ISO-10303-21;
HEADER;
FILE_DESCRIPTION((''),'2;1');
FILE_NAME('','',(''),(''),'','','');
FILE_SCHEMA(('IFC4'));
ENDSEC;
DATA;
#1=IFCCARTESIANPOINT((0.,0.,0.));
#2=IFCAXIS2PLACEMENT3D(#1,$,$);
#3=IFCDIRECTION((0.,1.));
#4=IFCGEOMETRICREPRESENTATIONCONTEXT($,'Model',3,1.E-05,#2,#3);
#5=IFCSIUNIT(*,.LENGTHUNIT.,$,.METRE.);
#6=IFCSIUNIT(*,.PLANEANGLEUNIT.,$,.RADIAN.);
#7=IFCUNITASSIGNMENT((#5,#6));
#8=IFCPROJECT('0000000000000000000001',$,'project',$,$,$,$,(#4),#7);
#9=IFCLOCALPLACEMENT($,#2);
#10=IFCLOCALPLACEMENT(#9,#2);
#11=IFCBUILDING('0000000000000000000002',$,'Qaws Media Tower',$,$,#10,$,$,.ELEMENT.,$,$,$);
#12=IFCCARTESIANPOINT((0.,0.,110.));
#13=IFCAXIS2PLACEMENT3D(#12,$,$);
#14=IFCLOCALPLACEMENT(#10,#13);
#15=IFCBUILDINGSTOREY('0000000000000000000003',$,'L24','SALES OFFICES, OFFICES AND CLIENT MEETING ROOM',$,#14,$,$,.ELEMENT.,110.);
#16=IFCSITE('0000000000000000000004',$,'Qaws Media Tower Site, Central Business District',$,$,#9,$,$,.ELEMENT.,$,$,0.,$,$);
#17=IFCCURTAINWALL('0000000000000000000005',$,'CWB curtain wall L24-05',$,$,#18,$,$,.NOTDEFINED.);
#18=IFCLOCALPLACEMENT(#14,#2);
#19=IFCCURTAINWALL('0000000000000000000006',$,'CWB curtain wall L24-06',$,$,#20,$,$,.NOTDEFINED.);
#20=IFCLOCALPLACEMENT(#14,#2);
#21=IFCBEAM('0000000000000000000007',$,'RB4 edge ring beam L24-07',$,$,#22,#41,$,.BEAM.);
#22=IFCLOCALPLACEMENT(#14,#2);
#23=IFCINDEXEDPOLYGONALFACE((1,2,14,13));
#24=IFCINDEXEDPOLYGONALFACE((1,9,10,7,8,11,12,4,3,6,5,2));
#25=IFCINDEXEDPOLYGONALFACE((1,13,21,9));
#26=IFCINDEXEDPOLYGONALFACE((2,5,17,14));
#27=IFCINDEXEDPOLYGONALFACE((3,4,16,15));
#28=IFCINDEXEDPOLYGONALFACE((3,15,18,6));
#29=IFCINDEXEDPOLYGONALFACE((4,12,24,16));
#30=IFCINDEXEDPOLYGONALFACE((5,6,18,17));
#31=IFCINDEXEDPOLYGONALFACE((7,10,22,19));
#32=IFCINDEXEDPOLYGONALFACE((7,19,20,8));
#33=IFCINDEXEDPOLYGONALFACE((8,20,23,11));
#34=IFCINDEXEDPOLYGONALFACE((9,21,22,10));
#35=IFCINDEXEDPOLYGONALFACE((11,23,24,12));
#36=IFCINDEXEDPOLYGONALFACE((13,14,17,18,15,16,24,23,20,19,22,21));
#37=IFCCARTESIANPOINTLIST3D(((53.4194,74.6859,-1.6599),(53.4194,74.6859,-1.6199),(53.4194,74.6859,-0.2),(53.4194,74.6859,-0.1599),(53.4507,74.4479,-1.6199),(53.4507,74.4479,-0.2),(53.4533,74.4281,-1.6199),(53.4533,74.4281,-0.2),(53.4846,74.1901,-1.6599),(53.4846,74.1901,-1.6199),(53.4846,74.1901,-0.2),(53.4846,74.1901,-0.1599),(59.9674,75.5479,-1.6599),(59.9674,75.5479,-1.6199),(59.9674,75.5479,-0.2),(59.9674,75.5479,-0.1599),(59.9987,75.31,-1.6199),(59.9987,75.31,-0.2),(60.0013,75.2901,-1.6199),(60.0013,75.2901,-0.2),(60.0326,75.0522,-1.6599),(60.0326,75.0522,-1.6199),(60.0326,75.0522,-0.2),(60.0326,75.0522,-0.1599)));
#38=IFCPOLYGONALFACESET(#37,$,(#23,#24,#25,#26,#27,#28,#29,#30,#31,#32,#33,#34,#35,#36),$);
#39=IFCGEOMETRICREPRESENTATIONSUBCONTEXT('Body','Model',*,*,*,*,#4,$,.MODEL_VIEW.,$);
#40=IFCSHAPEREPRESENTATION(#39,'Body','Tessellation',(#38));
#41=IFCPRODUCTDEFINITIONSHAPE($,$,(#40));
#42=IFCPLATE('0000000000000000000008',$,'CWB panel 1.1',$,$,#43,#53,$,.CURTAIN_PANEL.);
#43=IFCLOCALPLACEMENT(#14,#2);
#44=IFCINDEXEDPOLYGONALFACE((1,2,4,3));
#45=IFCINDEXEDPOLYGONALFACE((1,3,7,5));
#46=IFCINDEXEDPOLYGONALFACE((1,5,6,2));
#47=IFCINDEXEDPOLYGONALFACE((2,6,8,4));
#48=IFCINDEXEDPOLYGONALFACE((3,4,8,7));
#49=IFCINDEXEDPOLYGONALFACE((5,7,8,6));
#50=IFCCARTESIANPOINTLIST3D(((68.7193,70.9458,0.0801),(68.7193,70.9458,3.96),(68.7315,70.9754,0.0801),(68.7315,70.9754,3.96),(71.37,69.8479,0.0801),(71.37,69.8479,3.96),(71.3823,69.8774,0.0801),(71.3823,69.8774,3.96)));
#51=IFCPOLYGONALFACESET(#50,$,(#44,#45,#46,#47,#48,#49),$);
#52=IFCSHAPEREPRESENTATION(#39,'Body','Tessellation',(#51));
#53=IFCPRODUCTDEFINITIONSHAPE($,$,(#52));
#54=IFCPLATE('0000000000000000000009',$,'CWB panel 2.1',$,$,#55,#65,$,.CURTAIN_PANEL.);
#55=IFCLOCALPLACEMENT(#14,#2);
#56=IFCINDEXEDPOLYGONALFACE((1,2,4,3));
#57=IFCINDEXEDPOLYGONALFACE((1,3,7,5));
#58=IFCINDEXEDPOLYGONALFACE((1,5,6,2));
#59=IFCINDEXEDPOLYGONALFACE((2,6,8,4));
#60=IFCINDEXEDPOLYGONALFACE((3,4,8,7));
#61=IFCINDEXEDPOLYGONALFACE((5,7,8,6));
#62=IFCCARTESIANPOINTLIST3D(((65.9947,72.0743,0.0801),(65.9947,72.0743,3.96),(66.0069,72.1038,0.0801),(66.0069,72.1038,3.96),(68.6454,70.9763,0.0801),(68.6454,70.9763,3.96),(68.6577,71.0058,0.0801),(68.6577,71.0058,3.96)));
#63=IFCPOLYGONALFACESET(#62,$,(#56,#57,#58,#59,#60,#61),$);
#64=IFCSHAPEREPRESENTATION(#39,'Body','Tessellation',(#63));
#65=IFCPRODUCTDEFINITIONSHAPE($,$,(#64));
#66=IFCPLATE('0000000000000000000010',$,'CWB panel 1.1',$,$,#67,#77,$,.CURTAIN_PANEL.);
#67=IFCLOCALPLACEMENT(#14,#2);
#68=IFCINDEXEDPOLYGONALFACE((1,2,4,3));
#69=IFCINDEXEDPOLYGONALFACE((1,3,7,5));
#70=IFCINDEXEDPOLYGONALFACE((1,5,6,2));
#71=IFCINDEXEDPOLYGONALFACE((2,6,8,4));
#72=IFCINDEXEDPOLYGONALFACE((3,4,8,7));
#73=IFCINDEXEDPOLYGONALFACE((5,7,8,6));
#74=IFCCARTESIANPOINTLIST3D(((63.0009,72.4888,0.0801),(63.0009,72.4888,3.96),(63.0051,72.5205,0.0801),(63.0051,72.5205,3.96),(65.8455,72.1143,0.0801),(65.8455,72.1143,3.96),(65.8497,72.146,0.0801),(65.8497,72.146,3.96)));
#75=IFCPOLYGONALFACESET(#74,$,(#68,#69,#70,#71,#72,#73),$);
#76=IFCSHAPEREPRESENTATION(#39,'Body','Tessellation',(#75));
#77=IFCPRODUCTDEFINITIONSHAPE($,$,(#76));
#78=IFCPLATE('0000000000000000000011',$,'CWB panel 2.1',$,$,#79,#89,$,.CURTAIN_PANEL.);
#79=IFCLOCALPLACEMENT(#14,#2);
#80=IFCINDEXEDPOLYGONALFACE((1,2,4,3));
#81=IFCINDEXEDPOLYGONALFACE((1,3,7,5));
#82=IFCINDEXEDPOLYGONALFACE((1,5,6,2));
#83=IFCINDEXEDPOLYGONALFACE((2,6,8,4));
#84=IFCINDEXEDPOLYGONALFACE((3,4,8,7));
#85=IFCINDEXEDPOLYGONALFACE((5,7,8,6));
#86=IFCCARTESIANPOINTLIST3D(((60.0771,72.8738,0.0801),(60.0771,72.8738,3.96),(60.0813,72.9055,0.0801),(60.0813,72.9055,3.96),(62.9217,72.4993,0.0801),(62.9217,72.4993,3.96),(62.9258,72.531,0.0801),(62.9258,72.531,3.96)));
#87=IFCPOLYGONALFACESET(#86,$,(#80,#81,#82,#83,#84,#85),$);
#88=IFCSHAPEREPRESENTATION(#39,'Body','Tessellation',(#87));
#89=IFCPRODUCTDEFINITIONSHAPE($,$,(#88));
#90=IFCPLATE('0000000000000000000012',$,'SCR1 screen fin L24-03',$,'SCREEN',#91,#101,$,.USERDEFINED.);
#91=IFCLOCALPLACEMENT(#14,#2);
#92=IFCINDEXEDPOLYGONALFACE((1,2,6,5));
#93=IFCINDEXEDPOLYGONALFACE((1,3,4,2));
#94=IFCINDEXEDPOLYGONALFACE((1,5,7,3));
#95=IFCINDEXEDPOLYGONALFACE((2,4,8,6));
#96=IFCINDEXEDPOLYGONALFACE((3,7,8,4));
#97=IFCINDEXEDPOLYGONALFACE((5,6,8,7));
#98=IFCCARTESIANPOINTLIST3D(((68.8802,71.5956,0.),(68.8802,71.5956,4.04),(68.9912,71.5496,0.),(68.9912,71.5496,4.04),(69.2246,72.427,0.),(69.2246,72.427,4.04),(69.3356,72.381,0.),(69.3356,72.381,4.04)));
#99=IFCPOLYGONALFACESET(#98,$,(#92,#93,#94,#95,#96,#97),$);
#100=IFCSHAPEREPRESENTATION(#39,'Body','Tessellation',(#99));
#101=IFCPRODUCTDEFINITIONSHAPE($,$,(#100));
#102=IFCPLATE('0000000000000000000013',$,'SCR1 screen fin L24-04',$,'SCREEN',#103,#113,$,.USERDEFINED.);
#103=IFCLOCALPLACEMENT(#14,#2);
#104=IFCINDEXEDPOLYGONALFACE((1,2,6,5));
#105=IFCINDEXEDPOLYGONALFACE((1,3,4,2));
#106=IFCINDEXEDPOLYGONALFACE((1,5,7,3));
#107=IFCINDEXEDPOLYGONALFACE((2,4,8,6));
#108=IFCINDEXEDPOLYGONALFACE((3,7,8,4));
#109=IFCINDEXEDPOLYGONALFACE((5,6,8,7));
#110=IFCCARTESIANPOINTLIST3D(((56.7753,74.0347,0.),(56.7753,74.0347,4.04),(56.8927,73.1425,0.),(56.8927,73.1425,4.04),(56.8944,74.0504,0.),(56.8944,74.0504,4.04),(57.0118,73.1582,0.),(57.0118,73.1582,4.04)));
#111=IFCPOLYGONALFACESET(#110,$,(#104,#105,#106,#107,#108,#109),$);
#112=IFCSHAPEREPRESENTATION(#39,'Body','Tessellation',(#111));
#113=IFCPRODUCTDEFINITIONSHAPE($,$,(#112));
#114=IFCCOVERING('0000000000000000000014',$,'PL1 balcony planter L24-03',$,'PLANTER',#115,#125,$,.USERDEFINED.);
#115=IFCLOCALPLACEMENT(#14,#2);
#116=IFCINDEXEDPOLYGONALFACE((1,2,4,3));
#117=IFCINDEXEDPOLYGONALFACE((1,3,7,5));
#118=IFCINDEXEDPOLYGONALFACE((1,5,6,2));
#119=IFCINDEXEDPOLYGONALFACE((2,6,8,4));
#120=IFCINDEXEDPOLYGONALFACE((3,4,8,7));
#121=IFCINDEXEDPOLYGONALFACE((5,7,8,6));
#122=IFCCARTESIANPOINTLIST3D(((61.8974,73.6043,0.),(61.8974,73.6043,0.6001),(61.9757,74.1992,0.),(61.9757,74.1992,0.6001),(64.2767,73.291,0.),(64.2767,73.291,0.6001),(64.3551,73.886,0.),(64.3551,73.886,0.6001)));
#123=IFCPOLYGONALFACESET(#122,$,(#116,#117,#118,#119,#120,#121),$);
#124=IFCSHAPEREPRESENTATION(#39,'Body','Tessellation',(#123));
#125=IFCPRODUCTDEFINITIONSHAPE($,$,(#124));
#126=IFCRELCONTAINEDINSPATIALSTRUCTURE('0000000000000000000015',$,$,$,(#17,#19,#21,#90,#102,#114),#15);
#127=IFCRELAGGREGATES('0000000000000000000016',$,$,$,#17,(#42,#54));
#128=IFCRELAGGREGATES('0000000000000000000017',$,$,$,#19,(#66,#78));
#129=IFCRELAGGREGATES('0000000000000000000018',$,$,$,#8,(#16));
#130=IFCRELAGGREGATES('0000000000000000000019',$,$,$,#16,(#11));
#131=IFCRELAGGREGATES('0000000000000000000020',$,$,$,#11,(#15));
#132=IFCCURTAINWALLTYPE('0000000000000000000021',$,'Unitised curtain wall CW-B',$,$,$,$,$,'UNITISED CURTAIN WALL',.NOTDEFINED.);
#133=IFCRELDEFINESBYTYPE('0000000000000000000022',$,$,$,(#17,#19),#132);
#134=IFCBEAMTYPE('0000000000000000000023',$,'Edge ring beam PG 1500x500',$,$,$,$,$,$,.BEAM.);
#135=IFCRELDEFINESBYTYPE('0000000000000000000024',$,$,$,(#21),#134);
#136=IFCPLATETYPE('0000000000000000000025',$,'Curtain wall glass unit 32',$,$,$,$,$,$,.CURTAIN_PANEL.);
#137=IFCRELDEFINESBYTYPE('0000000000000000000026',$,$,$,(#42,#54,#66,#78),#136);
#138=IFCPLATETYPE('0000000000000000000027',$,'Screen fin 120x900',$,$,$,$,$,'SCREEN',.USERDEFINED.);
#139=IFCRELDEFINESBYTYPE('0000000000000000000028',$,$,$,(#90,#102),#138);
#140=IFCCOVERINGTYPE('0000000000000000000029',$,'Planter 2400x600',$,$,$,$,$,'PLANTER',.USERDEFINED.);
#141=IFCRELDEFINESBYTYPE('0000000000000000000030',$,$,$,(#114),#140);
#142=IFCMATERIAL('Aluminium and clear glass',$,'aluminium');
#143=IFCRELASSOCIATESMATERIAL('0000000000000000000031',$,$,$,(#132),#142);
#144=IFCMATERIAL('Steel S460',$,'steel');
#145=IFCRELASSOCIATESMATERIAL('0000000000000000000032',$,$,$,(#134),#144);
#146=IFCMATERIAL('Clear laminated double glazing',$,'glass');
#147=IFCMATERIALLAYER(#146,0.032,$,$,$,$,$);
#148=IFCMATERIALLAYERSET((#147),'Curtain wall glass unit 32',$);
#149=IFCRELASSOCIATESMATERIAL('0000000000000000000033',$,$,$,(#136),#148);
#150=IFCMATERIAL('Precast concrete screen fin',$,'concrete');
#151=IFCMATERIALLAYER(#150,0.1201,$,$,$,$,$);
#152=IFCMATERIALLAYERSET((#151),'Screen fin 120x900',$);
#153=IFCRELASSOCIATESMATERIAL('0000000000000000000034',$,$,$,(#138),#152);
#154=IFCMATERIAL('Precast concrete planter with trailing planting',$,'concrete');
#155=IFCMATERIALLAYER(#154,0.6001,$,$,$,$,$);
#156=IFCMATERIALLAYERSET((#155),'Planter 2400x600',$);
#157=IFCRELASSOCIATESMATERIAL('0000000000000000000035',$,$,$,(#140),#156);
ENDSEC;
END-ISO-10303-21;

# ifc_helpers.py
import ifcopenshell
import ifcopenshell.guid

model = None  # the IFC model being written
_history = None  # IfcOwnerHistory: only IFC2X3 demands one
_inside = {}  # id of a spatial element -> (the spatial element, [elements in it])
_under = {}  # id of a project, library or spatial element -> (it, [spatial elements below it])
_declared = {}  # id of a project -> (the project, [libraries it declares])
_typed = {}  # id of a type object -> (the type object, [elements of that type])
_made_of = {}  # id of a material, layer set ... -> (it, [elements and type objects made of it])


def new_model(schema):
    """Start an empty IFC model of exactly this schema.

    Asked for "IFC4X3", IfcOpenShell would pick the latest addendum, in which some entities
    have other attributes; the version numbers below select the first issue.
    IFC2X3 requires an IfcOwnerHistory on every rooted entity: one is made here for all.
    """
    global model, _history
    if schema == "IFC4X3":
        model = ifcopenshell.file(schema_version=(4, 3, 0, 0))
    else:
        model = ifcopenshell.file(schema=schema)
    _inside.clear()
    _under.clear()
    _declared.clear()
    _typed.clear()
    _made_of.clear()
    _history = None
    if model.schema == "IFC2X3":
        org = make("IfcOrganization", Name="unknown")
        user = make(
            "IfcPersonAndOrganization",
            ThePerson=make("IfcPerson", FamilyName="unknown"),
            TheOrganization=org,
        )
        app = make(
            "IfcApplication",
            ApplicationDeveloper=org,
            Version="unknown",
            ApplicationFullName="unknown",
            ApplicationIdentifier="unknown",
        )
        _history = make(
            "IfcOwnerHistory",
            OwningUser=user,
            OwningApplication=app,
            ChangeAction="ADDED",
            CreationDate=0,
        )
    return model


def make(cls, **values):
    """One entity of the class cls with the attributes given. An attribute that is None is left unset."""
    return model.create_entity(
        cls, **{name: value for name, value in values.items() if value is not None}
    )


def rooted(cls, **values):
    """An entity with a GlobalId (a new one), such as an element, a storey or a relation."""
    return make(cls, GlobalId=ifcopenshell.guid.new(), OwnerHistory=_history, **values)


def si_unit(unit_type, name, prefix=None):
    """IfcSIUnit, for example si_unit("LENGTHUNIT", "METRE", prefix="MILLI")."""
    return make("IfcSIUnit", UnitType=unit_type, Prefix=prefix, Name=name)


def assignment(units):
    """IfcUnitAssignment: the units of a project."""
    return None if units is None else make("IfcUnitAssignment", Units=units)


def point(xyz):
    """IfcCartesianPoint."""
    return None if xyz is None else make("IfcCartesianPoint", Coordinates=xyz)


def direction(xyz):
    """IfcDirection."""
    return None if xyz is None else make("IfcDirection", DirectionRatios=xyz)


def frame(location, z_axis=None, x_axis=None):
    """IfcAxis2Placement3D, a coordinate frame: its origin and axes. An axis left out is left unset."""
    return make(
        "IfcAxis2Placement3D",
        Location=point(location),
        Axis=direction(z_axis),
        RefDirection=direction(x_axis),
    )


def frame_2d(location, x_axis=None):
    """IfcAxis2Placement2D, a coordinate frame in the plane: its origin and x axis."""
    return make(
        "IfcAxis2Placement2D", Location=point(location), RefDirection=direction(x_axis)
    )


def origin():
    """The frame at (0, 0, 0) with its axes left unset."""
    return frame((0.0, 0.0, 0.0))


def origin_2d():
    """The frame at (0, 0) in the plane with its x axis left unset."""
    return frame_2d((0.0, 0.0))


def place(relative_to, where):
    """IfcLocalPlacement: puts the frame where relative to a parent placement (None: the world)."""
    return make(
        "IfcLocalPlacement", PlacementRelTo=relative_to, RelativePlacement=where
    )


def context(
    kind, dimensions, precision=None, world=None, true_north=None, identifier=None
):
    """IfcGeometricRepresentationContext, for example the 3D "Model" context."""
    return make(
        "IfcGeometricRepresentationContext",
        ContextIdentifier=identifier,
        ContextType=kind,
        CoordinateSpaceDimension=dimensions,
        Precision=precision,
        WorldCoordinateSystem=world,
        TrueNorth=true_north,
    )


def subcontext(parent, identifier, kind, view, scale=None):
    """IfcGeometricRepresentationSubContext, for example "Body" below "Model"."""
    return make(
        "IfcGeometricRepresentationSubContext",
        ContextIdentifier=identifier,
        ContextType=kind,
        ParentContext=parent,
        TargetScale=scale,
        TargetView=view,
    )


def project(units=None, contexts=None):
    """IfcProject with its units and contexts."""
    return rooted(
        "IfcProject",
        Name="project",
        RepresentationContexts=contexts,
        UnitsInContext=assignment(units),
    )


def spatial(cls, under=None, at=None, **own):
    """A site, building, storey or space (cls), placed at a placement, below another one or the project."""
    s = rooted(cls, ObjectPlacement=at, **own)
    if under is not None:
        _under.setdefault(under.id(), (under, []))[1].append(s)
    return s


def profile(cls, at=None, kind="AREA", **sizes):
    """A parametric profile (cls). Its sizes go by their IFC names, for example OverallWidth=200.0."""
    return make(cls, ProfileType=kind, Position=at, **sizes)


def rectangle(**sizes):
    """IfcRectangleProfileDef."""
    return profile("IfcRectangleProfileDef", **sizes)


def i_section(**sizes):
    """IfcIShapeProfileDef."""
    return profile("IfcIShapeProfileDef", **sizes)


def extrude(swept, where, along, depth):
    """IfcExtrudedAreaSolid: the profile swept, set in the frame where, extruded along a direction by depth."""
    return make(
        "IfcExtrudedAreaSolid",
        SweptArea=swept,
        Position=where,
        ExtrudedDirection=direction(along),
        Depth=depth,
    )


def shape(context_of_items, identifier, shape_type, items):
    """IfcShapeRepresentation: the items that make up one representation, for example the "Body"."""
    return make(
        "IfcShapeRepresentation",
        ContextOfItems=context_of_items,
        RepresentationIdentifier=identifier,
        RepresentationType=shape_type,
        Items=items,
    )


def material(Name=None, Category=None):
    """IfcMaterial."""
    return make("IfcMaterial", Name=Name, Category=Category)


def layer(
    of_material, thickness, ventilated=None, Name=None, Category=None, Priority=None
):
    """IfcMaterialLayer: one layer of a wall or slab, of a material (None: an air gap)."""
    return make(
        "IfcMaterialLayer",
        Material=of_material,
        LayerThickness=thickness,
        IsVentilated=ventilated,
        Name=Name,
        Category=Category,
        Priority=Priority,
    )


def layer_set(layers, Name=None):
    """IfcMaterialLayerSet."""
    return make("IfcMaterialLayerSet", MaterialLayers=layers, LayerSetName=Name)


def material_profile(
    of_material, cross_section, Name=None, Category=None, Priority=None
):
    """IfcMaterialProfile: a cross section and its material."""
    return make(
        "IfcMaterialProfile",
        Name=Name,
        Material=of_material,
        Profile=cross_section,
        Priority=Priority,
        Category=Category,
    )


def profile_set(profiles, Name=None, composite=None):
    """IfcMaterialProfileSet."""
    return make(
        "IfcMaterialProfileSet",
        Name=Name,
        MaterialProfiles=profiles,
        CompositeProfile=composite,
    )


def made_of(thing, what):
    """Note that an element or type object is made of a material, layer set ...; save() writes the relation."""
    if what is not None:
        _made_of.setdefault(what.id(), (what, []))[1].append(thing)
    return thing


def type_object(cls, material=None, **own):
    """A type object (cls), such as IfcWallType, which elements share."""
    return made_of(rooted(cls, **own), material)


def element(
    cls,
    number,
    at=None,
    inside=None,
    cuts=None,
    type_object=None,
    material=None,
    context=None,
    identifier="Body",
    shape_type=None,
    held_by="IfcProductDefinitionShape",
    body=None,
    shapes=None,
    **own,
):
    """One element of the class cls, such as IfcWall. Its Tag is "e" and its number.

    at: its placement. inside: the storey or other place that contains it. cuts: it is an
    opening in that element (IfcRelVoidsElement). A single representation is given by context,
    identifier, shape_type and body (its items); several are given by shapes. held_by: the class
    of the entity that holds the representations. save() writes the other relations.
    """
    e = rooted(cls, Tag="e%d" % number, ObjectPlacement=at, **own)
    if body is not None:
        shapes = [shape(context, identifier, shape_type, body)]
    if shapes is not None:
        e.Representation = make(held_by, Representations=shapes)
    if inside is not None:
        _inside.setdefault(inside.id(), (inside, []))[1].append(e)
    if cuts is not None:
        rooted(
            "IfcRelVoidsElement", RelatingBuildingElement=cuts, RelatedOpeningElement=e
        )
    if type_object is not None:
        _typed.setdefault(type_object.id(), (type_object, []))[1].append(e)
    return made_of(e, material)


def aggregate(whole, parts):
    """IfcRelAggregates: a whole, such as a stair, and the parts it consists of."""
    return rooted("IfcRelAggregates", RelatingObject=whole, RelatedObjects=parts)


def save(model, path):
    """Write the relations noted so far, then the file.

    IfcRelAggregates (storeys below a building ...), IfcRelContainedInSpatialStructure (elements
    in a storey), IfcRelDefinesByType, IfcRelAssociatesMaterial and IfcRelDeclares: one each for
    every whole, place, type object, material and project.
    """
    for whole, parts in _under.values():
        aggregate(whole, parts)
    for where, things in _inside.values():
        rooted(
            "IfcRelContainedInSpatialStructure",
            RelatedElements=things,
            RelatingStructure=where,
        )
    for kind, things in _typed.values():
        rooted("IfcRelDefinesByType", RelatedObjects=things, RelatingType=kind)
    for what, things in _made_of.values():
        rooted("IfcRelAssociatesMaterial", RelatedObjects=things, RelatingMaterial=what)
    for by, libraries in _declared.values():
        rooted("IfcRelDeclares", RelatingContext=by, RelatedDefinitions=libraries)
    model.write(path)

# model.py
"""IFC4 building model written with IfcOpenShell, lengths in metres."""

from ifc_helpers import new_model, si_unit, direction, frame, origin, origin_2d, place, context, subcontext, project, spatial, rectangle, i_section, extrude, material, layer, layer_set, material_profile, profile_set, type_object, element, aggregate, save


model = new_model("IFC4")

# Units and contexts
model_context = context("Model", 3, precision=1e-05, world=origin(), true_north=direction((0.0, 1.0)))
body_context = subcontext(model_context, "Body", "Model", "MODEL_VIEW")
ifc_project = project(units=[si_unit("LENGTHUNIT", "METRE"), si_unit("PLANEANGLEUNIT", "RADIAN")], contexts=[model_context])

# Site, building, storey
site_placement = place(None, origin())
site = spatial("IfcSite", under=ifc_project, at=site_placement, Name="Qaws Media Tower Site, Central Business District", CompositionType="ELEMENT", RefElevation=0.0)
building_placement = place(site_placement, origin())
building = spatial("IfcBuilding", under=site, at=building_placement, Name="Qaws Media Tower", CompositionType="ELEMENT")
storey_placement = place(building_placement, frame((0.0, 0.0, 110.0)))
storey = spatial("IfcBuildingStorey", under=building, at=storey_placement, Name="L24", Description="SALES OFFICES, OFFICES AND CLIENT MEETING ROOM", CompositionType="ELEMENT", Elevation=110.0)

# Shared definitions
ifc_material_1 = material(Name="Aluminium and clear glass", Category="aluminium")
curtain_wall_type = type_object("IfcCurtainWallType", Name="Unitised curtain wall CW-B", ElementType="UNITISED CURTAIN WALL", PredefinedType="NOTDEFINED", material=ifc_material_1)

# Curtain walls
curtain_wall_1_placement = place(storey_placement, origin())
curtain_wall_1 = element("IfcCurtainWall", 1, at=curtain_wall_1_placement, inside=storey, type_object=curtain_wall_type, Name="CWB curtain wall L24-05", PredefinedType="NOTDEFINED")
curtain_wall_2_placement = place(storey_placement, origin())
curtain_wall_2 = element("IfcCurtainWall", 2, at=curtain_wall_2_placement, inside=storey, type_object=curtain_wall_type, Name="CWB curtain wall L24-06", PredefinedType="NOTDEFINED")

# Beam
ifc_material_2 = material(Name="Steel S460", Category="steel")
ifc_material_profile_1 = material_profile(ifc_material_2, i_section(OverallWidth=0.5, OverallDepth=1.5, WebThickness=0.02, FlangeThickness=0.04, at=origin_2d()), Name="PG 1500x500")
ifc_profile_set_1 = profile_set([ifc_material_profile_1], Name="Steel S460")
beam_type = type_object("IfcBeamType", Name="Edge ring beam PG 1500x500", PredefinedType="BEAM", material=ifc_profile_set_1)
for number, where, z_axis, x_axis, name in (
    (3, (60.0, 75.3, -0.9099), (-0.991445, -0.130524, 0.0), (0.130524, -0.991445, 0.0), "RB4 edge ring beam L24-07"),
):
    element("IfcBeam", number, at=place(storey_placement, frame(where, z_axis=z_axis, x_axis=x_axis)), inside=storey, type_object=beam_type, Name=name, PredefinedType="BEAM", context=body_context, shape_type="SweptSolid", body=[
        extrude(i_section(OverallWidth=0.5, OverallDepth=1.5, WebThickness=0.02, FlangeThickness=0.04, at=origin_2d()), origin(), (0.0, 0.0, 1.0), 6.6045),
    ])

# Plates
ifc_material_3 = material(Name="Clear laminated double glazing", Category="glass")
ifc_layer_1 = layer(ifc_material_3, 0.032)
ifc_layer_set_1 = layer_set([ifc_layer_1], Name="Curtain wall glass unit 32")
plate_type_1 = type_object("IfcPlateType", Name="Curtain wall glass unit 32", PredefinedType="CURTAIN_PANEL", material=ifc_layer_set_1)
plate_1_placement = place(storey_placement, frame((70.0508, 70.4116, 0.0801), z_axis=(0.0, 0.0, 1.0), x_axis=(-0.92388, 0.382683, 0.0)))
plate_1 = element("IfcPlate", 4, at=plate_1_placement, type_object=plate_type_1, Name="CWB panel 1.1", PredefinedType="CURTAIN_PANEL", context=body_context, shape_type="SweptSolid", body=[
    extrude(rectangle(XDim=2.8691, YDim=0.032, at=origin_2d()), origin(), (0.0, 0.0, 1.0), 3.8799),
])
plate_2_placement = place(storey_placement, frame((67.3262, 71.54, 0.0801), z_axis=(0.0, 0.0, 1.0), x_axis=(-0.92388, 0.382683, 0.0)))
plate_2 = element("IfcPlate", 5, at=plate_2_placement, type_object=plate_type_1, Name="CWB panel 2.1", PredefinedType="CURTAIN_PANEL", context=body_context, shape_type="SweptSolid", body=[
    extrude(rectangle(XDim=2.8691, YDim=0.032, at=origin_2d()), origin(), (0.0, 0.0, 1.0), 3.8799),
])
aggregate(curtain_wall_1, [plate_1, plate_2])
plate_3_placement = place(storey_placement, frame((64.4253, 72.3174, 0.0801), z_axis=(0.0, 0.0, 1.0), x_axis=(-0.991445, 0.130526, 0.0)))
plate_3 = element("IfcPlate", 6, at=plate_3_placement, type_object=plate_type_1, Name="CWB panel 1.1", PredefinedType="CURTAIN_PANEL", context=body_context, shape_type="SweptSolid", body=[
    extrude(rectangle(XDim=2.8691, YDim=0.032, at=origin_2d()), origin(), (0.0, 0.0, 1.0), 3.8799),
])
plate_4_placement = place(storey_placement, frame((61.5015, 72.7024, 0.0801), z_axis=(0.0, 0.0, 1.0), x_axis=(-0.991445, 0.130526, 0.0)))
plate_4 = element("IfcPlate", 7, at=plate_4_placement, type_object=plate_type_1, Name="CWB panel 2.1", PredefinedType="CURTAIN_PANEL", context=body_context, shape_type="SweptSolid", body=[
    extrude(rectangle(XDim=2.8691, YDim=0.032, at=origin_2d()), origin(), (0.0, 0.0, 1.0), 3.8799),
])
aggregate(curtain_wall_2, [plate_3, plate_4])

# Plates
ifc_material_4 = material(Name="Precast concrete screen fin", Category="concrete")
ifc_layer_2 = layer(ifc_material_4, 0.1201)
ifc_layer_set_2 = layer_set([ifc_layer_2], Name="Screen fin 120x900")
plate_type_2 = type_object("IfcPlateType", Name="Screen fin 120x900", ElementType="SCREEN", PredefinedType="USERDEFINED", material=ifc_layer_set_2)
for number, where, z_axis, x_axis, name in (
    (8, (69.1079, 71.9883, 0.0), (0.0, 0.0, 1.0), (0.382683, 0.92388, 0.0), "SCR1 screen fin L24-03"),
    (9, (56.8936, 73.5964, 0.0), (0.0, 0.0, 1.0), (-0.130526, 0.991445, 0.0), "SCR1 screen fin L24-04"),
):
    element("IfcPlate", number, at=place(storey_placement, frame(where, z_axis=z_axis, x_axis=x_axis)), inside=storey, type_object=plate_type_2, Name=name, ObjectType="SCREEN", PredefinedType="USERDEFINED", context=body_context, shape_type="SweptSolid", body=[
        extrude(rectangle(XDim=0.8999, YDim=0.1201, at=origin_2d()), origin(), (0.0, 0.0, 1.0), 4.04),
    ])

# Covering
ifc_material_5 = material(Name="Precast concrete planter with trailing planting", Category="concrete")
ifc_layer_3 = layer(ifc_material_5, 0.6001)
ifc_layer_set_3 = layer_set([ifc_layer_3], Name="Planter 2400x600")
covering_type = type_object("IfcCoveringType", Name="Planter 2400x600", ElementType="PLANTER", PredefinedType="USERDEFINED", material=ifc_layer_set_3)
covering_placement = place(storey_placement, frame((63.1262, 73.7451, 0.0), z_axis=(0.0, 0.0, 1.0), x_axis=(-0.991445, 0.130526, 0.0)))
element("IfcCovering", 10, at=covering_placement, inside=storey, type_object=covering_type, Name="PL1 balcony planter L24-03", ObjectType="PLANTER", PredefinedType="USERDEFINED", context=body_context, shape_type="SweptSolid", body=[
    extrude(rectangle(XDim=2.3999, YDim=0.6001, at=origin_2d()), origin(), (0.0, 0.0, 1.0), 0.6001),
])

save(model, "model.ifc")
